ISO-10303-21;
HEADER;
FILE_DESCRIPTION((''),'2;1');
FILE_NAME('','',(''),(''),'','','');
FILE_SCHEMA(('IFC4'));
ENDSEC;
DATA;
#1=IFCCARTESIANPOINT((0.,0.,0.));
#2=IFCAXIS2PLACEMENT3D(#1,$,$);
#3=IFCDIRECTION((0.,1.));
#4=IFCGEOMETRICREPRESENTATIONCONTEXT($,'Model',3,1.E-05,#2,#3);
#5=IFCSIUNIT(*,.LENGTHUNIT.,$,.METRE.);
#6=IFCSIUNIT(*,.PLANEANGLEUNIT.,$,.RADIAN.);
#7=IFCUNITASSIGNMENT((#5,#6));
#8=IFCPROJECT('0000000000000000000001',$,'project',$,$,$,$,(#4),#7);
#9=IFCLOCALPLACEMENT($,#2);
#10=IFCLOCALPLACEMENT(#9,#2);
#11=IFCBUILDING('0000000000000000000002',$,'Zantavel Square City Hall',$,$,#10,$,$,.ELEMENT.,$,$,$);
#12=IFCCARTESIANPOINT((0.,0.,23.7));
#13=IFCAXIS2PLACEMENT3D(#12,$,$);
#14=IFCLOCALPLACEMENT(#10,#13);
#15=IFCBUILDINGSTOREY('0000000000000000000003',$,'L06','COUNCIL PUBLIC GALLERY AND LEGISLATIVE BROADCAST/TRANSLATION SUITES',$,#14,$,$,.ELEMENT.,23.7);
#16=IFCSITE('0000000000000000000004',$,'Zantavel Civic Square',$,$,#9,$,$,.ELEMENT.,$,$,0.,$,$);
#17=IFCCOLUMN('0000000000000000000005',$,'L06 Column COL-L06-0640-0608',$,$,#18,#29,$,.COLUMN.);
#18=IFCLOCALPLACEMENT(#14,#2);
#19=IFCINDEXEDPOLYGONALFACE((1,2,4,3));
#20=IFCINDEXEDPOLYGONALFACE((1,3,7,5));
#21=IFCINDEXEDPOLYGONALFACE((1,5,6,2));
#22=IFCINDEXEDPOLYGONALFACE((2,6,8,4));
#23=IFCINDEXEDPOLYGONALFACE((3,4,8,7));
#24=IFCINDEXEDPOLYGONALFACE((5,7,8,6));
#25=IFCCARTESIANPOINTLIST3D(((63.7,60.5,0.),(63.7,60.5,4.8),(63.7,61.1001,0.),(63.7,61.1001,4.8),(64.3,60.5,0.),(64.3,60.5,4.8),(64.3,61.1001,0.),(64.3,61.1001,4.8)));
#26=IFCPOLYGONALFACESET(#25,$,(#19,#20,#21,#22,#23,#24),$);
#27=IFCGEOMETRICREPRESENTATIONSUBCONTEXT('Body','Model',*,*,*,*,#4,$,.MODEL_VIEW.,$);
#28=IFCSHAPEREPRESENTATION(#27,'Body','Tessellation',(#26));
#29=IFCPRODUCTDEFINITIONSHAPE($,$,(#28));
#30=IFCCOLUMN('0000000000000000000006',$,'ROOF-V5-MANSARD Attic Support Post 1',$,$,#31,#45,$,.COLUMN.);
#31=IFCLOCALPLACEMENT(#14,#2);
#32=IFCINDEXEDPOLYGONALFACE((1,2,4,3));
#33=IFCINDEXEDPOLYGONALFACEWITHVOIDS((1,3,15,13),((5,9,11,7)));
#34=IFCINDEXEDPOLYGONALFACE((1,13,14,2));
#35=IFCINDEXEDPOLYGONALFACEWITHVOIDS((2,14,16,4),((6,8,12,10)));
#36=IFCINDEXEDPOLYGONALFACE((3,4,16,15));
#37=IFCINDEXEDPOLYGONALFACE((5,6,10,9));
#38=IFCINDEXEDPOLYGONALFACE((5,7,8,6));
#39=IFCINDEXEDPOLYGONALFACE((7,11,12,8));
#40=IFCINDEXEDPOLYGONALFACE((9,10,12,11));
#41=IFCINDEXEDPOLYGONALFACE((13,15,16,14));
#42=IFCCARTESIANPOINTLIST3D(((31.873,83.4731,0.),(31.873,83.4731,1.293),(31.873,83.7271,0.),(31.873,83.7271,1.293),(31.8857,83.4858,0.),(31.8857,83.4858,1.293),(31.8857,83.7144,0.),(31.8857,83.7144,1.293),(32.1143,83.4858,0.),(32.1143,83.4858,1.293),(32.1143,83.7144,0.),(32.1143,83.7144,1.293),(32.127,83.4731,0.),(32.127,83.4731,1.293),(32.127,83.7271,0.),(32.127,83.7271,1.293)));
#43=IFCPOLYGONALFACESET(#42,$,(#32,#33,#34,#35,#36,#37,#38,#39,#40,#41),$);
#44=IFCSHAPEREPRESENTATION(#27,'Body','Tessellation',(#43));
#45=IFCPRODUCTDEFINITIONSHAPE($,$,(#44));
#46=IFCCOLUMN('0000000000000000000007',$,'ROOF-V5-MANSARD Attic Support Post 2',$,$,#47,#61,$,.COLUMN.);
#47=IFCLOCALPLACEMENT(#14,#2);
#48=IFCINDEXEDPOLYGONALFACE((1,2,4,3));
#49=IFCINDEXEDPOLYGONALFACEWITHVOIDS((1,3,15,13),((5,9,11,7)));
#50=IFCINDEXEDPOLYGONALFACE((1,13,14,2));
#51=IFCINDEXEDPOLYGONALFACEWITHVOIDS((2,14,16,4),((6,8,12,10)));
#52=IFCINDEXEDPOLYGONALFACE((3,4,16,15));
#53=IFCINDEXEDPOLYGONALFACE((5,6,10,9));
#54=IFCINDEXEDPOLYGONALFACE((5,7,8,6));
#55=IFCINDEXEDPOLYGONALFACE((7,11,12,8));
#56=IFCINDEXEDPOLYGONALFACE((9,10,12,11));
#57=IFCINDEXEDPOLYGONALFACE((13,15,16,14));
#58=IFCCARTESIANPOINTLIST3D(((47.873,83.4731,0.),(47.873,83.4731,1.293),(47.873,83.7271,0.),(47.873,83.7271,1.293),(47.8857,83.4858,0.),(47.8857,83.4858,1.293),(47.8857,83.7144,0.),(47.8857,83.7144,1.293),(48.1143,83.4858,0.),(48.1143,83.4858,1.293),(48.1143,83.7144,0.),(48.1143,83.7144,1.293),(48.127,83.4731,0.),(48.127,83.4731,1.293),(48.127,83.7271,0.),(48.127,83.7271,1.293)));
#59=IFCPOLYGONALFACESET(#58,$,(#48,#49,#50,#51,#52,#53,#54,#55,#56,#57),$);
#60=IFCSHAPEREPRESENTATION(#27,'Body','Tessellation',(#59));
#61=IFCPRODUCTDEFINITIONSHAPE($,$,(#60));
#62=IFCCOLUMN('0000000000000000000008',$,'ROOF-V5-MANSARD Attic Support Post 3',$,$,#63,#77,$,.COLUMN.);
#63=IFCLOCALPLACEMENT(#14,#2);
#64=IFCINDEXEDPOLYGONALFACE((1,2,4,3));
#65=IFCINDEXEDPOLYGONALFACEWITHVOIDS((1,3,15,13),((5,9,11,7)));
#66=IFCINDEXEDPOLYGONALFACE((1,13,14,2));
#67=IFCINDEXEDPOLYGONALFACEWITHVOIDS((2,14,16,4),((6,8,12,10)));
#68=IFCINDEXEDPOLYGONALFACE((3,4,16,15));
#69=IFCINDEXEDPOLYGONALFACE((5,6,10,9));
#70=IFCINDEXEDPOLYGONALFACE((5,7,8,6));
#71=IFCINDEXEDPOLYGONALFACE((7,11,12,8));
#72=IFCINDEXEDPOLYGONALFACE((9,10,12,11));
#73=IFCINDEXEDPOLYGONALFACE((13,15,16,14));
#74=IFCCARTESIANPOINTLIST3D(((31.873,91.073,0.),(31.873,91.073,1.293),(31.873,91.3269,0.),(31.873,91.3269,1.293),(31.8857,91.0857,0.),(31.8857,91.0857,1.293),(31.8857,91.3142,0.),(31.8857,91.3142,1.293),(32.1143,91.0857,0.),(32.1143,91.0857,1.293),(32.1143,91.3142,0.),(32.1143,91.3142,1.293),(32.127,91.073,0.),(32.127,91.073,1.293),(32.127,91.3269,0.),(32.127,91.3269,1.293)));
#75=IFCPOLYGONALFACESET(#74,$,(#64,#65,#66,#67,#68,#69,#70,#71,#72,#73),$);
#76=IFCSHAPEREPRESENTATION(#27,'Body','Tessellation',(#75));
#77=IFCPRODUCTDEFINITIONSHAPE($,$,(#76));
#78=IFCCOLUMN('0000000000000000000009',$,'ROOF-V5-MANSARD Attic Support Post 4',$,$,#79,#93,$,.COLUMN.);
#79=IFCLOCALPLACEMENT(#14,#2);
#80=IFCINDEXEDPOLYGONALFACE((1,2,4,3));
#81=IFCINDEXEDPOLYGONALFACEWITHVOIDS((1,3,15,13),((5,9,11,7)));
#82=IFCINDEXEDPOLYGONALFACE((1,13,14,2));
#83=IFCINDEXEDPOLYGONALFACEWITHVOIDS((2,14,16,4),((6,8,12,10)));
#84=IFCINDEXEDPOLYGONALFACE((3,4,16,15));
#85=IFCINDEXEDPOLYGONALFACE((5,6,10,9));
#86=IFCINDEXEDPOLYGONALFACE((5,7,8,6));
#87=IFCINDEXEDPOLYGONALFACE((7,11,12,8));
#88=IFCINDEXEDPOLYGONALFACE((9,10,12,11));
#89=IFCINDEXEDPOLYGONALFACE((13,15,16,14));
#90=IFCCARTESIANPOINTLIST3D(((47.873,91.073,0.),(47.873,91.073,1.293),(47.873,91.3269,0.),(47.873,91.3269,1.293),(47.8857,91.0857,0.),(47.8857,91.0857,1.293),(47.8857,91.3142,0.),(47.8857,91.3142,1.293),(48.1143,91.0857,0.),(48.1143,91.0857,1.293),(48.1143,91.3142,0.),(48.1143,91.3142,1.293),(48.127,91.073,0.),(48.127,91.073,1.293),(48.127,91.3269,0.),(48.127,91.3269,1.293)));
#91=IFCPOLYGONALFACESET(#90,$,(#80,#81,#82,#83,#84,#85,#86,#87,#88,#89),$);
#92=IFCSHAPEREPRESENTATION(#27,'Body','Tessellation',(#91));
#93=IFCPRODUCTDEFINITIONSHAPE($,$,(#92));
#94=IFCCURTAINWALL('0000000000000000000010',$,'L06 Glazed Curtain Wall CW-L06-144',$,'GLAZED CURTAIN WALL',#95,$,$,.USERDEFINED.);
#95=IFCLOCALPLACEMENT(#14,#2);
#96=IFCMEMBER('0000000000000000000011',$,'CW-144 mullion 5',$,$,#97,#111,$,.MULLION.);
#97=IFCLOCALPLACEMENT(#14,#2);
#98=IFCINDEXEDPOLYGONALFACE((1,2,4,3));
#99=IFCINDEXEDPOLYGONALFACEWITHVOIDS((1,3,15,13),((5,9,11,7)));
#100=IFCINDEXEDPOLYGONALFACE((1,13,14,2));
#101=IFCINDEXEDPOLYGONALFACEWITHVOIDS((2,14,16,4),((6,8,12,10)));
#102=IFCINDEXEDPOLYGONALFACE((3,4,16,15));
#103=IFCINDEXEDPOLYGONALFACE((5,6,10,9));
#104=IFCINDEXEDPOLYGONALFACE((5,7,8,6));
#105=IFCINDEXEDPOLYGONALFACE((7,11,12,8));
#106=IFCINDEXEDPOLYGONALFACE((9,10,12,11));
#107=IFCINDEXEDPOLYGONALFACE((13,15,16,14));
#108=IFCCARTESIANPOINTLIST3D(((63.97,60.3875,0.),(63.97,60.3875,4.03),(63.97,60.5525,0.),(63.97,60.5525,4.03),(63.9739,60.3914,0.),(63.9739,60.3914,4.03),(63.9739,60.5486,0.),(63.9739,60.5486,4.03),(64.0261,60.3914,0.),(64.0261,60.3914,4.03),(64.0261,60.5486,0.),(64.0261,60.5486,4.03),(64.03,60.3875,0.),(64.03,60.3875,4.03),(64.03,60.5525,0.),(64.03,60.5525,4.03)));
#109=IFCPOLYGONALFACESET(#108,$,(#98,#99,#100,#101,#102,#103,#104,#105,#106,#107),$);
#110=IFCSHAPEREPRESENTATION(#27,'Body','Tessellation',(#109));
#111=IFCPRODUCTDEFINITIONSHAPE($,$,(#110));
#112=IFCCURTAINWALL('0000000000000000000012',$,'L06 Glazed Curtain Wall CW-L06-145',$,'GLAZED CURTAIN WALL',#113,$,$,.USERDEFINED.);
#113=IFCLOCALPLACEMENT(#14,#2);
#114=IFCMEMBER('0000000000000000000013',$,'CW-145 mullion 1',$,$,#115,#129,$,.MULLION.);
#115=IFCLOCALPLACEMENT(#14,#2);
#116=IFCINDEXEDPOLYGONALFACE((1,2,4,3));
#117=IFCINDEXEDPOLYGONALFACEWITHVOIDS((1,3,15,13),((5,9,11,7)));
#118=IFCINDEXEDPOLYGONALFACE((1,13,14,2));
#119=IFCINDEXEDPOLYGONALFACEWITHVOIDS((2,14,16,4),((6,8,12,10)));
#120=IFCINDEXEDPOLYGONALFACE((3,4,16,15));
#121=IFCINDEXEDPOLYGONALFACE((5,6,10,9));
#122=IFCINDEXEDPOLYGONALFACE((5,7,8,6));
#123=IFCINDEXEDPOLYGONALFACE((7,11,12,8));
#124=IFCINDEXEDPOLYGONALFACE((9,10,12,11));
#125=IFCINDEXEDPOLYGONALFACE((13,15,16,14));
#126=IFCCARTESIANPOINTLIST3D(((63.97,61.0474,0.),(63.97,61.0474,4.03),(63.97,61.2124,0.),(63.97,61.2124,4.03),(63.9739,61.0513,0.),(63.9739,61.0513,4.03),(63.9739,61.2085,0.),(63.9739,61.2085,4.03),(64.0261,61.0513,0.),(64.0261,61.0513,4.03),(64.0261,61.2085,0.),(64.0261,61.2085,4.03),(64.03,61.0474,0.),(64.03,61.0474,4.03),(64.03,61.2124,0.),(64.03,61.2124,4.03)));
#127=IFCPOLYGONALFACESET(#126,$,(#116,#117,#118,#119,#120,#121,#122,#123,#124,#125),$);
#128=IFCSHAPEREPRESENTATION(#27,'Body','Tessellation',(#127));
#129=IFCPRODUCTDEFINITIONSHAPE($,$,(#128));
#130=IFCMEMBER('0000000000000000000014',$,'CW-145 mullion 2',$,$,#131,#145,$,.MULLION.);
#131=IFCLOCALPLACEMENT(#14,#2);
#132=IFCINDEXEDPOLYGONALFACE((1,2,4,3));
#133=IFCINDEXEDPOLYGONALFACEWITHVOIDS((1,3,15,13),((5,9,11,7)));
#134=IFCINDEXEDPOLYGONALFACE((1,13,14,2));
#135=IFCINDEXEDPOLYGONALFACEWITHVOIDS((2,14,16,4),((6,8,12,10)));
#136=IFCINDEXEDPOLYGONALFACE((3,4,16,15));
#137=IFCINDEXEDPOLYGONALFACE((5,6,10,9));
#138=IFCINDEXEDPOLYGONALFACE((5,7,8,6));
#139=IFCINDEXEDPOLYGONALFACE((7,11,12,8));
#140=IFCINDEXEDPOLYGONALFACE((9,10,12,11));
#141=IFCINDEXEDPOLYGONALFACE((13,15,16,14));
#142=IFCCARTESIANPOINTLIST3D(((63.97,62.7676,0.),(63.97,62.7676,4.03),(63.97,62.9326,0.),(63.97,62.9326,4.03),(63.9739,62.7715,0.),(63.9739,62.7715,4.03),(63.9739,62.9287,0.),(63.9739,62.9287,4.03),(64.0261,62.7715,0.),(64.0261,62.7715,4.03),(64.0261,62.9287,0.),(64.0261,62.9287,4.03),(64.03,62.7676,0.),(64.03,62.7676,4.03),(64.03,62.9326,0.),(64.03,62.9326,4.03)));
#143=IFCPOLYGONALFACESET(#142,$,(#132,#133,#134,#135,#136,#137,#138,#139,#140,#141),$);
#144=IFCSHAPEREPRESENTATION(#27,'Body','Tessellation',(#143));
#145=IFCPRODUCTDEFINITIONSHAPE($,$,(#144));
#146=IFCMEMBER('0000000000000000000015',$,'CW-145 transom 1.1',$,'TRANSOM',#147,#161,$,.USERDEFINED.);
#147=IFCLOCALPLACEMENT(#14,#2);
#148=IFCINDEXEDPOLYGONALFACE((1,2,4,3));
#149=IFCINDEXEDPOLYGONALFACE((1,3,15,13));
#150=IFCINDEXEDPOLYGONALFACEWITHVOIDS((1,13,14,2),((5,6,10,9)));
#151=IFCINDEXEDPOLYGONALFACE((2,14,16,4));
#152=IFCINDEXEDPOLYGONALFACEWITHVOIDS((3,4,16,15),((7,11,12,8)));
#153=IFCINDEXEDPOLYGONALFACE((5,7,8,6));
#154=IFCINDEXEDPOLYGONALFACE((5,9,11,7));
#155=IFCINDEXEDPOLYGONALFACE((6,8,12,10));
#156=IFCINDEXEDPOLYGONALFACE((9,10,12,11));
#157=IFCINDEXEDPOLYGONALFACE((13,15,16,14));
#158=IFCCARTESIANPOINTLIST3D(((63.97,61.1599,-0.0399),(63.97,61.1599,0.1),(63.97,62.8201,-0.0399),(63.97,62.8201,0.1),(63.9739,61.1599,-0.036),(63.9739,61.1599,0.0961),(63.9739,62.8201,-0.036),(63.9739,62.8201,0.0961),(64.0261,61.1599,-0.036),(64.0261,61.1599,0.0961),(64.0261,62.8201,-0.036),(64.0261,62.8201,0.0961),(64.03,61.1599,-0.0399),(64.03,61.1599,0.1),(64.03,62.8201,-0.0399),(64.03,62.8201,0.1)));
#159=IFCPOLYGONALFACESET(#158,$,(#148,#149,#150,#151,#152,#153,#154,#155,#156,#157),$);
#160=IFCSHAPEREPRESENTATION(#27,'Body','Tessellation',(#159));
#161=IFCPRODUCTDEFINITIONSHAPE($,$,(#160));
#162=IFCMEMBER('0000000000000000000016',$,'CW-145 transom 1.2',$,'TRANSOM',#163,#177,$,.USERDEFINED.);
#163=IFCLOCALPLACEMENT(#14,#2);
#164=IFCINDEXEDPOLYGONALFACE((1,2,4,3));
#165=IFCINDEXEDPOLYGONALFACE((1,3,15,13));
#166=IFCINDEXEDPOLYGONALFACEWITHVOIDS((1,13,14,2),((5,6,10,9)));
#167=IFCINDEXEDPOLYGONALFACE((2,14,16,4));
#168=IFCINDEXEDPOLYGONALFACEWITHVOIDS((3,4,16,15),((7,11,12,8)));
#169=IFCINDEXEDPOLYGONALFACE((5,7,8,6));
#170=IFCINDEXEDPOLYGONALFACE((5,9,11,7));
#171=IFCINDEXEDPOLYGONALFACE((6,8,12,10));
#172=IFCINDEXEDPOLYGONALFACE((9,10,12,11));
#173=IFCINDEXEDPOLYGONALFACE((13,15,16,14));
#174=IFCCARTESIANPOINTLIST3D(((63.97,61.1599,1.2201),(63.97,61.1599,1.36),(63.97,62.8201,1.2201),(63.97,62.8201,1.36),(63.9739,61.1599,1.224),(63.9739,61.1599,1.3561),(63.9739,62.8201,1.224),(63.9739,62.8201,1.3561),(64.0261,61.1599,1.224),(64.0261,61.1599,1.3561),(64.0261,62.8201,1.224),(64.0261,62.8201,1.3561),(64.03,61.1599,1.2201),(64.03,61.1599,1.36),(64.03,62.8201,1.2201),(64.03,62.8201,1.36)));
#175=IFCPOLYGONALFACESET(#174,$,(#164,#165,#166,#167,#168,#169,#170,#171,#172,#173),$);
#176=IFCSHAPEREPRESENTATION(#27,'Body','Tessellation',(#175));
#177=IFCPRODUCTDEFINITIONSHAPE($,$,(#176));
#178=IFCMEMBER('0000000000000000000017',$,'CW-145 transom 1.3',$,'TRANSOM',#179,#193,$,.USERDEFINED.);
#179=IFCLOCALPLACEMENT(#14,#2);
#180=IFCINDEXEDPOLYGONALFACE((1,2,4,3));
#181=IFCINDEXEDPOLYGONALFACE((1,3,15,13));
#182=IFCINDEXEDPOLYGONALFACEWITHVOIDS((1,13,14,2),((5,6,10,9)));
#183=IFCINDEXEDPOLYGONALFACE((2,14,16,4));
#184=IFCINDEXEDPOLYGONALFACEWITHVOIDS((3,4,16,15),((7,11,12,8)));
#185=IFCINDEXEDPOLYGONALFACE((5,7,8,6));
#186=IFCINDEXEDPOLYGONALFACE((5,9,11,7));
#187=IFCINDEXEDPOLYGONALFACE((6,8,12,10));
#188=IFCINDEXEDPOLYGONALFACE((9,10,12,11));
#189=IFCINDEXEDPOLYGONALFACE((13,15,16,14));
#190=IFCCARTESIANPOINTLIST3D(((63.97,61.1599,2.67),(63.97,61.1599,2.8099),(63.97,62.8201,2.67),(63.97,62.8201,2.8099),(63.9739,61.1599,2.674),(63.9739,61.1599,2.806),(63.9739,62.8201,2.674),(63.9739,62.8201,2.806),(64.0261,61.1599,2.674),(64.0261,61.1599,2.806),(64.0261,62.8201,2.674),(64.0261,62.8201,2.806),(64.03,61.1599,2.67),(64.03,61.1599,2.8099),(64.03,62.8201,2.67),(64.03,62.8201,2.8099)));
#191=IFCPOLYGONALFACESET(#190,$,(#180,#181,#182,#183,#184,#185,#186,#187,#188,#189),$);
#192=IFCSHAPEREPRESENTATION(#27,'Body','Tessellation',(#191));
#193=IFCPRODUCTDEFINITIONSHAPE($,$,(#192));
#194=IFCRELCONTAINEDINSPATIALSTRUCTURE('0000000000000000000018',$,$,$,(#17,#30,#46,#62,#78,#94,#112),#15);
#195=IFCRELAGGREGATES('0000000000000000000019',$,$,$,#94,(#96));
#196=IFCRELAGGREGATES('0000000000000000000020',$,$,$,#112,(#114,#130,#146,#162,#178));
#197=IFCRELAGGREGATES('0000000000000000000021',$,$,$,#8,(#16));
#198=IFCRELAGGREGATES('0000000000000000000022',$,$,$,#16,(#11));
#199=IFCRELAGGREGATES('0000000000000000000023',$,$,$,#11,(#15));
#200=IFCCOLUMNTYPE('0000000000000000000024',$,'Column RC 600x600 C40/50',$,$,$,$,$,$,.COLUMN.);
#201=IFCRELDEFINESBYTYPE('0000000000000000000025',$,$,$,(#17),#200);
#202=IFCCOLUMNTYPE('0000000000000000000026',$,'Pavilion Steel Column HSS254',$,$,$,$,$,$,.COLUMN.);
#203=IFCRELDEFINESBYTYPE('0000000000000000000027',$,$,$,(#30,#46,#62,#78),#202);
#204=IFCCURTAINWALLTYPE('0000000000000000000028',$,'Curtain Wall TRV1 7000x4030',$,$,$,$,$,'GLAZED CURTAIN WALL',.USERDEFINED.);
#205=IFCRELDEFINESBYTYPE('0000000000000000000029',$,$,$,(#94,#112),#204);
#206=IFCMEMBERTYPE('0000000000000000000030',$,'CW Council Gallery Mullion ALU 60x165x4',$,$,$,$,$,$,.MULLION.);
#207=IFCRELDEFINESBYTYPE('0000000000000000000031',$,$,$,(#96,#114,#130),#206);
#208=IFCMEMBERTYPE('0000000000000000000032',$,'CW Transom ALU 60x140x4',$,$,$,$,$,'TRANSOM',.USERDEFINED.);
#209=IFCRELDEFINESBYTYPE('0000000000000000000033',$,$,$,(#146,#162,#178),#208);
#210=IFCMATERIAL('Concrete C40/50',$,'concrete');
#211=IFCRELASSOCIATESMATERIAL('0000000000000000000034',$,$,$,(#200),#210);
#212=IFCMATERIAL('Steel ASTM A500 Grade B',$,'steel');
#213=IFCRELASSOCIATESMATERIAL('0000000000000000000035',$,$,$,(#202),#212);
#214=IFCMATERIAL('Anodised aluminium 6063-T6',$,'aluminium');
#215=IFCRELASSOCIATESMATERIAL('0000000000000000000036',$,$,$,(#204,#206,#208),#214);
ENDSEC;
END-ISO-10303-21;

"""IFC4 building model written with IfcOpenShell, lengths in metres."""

from ifc_helpers import new_model, si_unit, direction, frame, origin, origin_2d, place, context, subcontext, project, spatial, rectangle, hollow_rectangle, extrude, material, material_profile, profile_set, type_object, element, aggregate, save


model = new_model("IFC4")

# Units and contexts
model_context = context("Model", 3, precision=1e-05, world=origin(), true_north=direction((0.0, 1.0)))
body_context = subcontext(model_context, "Body", "Model", "MODEL_VIEW")
ifc_project = project(units=[si_unit("LENGTHUNIT", "METRE"), si_unit("PLANEANGLEUNIT", "RADIAN")], contexts=[model_context])

# Site, building, storey
site_placement = place(None, origin())
site = spatial("IfcSite", under=ifc_project, at=site_placement, Name="Zantavel Civic Square", CompositionType="ELEMENT", RefElevation=0.0)
building_placement = place(site_placement, origin())
building = spatial("IfcBuilding", under=site, at=building_placement, Name="Zantavel Square City Hall", CompositionType="ELEMENT")
storey_placement = place(building_placement, frame((0.0, 0.0, 23.7)))
storey = spatial("IfcBuildingStorey", under=building, at=storey_placement, Name="L06", Description="COUNCIL PUBLIC GALLERY AND LEGISLATIVE BROADCAST/TRANSLATION SUITES", CompositionType="ELEMENT", Elevation=23.7)

# Columns
ifc_material_1 = material(Name="Concrete C40/50", Category="concrete")
ifc_material_profile_1 = material_profile(ifc_material_1, rectangle(XDim=0.6001, YDim=0.6001, at=origin_2d()), Name="RC 600x600")
ifc_profile_set_1 = profile_set([ifc_material_profile_1], Name="Concrete C40/50")
column_type_1 = type_object("IfcColumnType", Name="Column RC 600x600 C40/50", PredefinedType="COLUMN", material=ifc_profile_set_1)
column_placement = place(storey_placement, frame((64.0, 60.8, 0.0), z_axis=(0.0, 0.0, 1.0), x_axis=(1.0, 0.0, 0.0)))
element("IfcColumn", 1, at=column_placement, inside=storey, type_object=column_type_1, Name="L06 Column COL-L06-0640-0608", PredefinedType="COLUMN", context=body_context, shape_type="SweptSolid", body=[
    extrude(rectangle(XDim=0.6001, YDim=0.6001, at=origin_2d()), origin(), (0.0, 0.0, 1.0), 4.8),
])
ifc_material_2 = material(Name="Steel ASTM A500 Grade B", Category="steel")
ifc_material_profile_2 = material_profile(ifc_material_2, hollow_rectangle(XDim=0.2539, YDim=0.2539, WallThickness=0.0127, at=origin_2d()), Name="HSS 254x254x12.7")
ifc_profile_set_2 = profile_set([ifc_material_profile_2], Name="Steel ASTM A500 Grade B")
column_type_2 = type_object("IfcColumnType", Name="Pavilion Steel Column HSS254", PredefinedType="COLUMN", material=ifc_profile_set_2)
for number, where, z_axis, x_axis, name in (
    (2, (32.0, 83.6001, 0.0), (0.0, 0.0, 1.0), (1.0, 0.0, 0.0), "ROOF-V5-MANSARD Attic Support Post 1"),
    (3, (48.0, 83.6001, 0.0), (0.0, 0.0, 1.0), (1.0, 0.0, 0.0), "ROOF-V5-MANSARD Attic Support Post 2"),
    (4, (32.0, 91.2, 0.0), (0.0, 0.0, 1.0), (1.0, 0.0, 0.0), "ROOF-V5-MANSARD Attic Support Post 3"),
    (5, (48.0, 91.2, 0.0), (0.0, 0.0, 1.0), (1.0, 0.0, 0.0), "ROOF-V5-MANSARD Attic Support Post 4"),
):
    element("IfcColumn", number, at=place(storey_placement, frame(where, z_axis=z_axis, x_axis=x_axis)), inside=storey, type_object=column_type_2, Name=name, PredefinedType="COLUMN", context=body_context, shape_type="SweptSolid", body=[
        extrude(hollow_rectangle(XDim=0.2539, YDim=0.2539, WallThickness=0.0127, at=origin_2d()), origin(), (0.0, 0.0, 1.0), 1.293),
    ])

# Curtain wall, member
ifc_material_3 = material(Name="Anodised aluminium 6063-T6", Category="aluminium")
curtain_wall_type = type_object("IfcCurtainWallType", Name="Curtain Wall TRV1 7000x4030", ElementType="GLAZED CURTAIN WALL", PredefinedType="USERDEFINED", material=ifc_material_3)
curtain_wall_1_placement = place(storey_placement, origin())
curtain_wall_1 = element("IfcCurtainWall", 6, at=curtain_wall_1_placement, inside=storey, type_object=curtain_wall_type, Name="L06 Glazed Curtain Wall CW-L06-144", ObjectType="GLAZED CURTAIN WALL", PredefinedType="USERDEFINED")
ifc_material_profile_3 = material_profile(ifc_material_3, hollow_rectangle(XDim=0.0601, YDim=0.165, WallThickness=0.0039, at=origin_2d()), Name="ALU 60x165x4")
ifc_profile_set_3 = profile_set([ifc_material_profile_3], Name="Anodised aluminium 6063-T6")
member_type_1 = type_object("IfcMemberType", Name="CW Council Gallery Mullion ALU 60x165x4", PredefinedType="MULLION", material=ifc_profile_set_3)
member_1_placement = place(storey_placement, frame((64.0, 60.47, 0.0), z_axis=(0.0, 0.0, 1.0), x_axis=(-1.0, 0.0, 0.0)))
member_1 = element("IfcMember", 7, at=member_1_placement, type_object=member_type_1, Name="CW-144 mullion 5", PredefinedType="MULLION", context=body_context, shape_type="SweptSolid", body=[
    extrude(hollow_rectangle(XDim=0.0601, YDim=0.165, WallThickness=0.0039, at=origin_2d()), origin(), (0.0, 0.0, 1.0), 4.03),
])
aggregate(curtain_wall_1, [member_1])

# Curtain wall, members
curtain_wall_2_placement = place(storey_placement, origin())
curtain_wall_2 = element("IfcCurtainWall", 8, at=curtain_wall_2_placement, inside=storey, type_object=curtain_wall_type, Name="L06 Glazed Curtain Wall CW-L06-145", ObjectType="GLAZED CURTAIN WALL", PredefinedType="USERDEFINED")
member_2_placement = place(storey_placement, frame((64.0, 61.1299, 0.0), z_axis=(0.0, 0.0, 1.0), x_axis=(-1.0, 0.0, 0.0)))
member_2 = element("IfcMember", 9, at=member_2_placement, type_object=member_type_1, Name="CW-145 mullion 1", PredefinedType="MULLION", context=body_context, shape_type="SweptSolid", body=[
    extrude(hollow_rectangle(XDim=0.0601, YDim=0.165, WallThickness=0.0039, at=origin_2d()), origin(), (0.0, 0.0, 1.0), 4.03),
])
member_3_placement = place(storey_placement, frame((64.0, 62.8501, 0.0), z_axis=(0.0, 0.0, 1.0), x_axis=(-1.0, 0.0, 0.0)))
member_3 = element("IfcMember", 10, at=member_3_placement, type_object=member_type_1, Name="CW-145 mullion 2", PredefinedType="MULLION", context=body_context, shape_type="SweptSolid", body=[
    extrude(hollow_rectangle(XDim=0.0601, YDim=0.165, WallThickness=0.0039, at=origin_2d()), origin(), (0.0, 0.0, 1.0), 4.03),
])
ifc_material_profile_4 = material_profile(ifc_material_3, hollow_rectangle(XDim=0.0601, YDim=0.1399, WallThickness=0.0039, at=origin_2d()), Name="ALU 60x140x4")
ifc_profile_set_4 = profile_set([ifc_material_profile_4], Name="Anodised aluminium 6063-T6")
member_type_2 = type_object("IfcMemberType", Name="CW Transom ALU 60x140x4", ElementType="TRANSOM", PredefinedType="USERDEFINED", material=ifc_profile_set_4)
member_4_placement = place(storey_placement, frame((64.0, 61.1599, 0.03), z_axis=(0.0, 1.0, 0.0), x_axis=(-1.0, 0.0, 0.0)))
member_4 = element("IfcMember", 11, at=member_4_placement, type_object=member_type_2, Name="CW-145 transom 1.1", ObjectType="TRANSOM", PredefinedType="USERDEFINED", context=body_context, shape_type="SweptSolid", body=[
    extrude(hollow_rectangle(XDim=0.0601, YDim=0.1399, WallThickness=0.0039, at=origin_2d()), origin(), (0.0, 0.0, 1.0), 1.6602),
])
member_5_placement = place(storey_placement, frame((64.0, 61.1599, 1.29), z_axis=(0.0, 1.0, 0.0), x_axis=(-1.0, 0.0, 0.0)))
member_5 = element("IfcMember", 12, at=member_5_placement, type_object=member_type_2, Name="CW-145 transom 1.2", ObjectType="TRANSOM", PredefinedType="USERDEFINED", context=body_context, shape_type="SweptSolid", body=[
    extrude(hollow_rectangle(XDim=0.0601, YDim=0.1399, WallThickness=0.0039, at=origin_2d()), origin(), (0.0, 0.0, 1.0), 1.6602),
])
member_6_placement = place(storey_placement, frame((64.0, 61.1599, 2.74), z_axis=(0.0, 1.0, 0.0), x_axis=(-1.0, 0.0, 0.0)))
member_6 = element("IfcMember", 13, at=member_6_placement, type_object=member_type_2, Name="CW-145 transom 1.3", ObjectType="TRANSOM", PredefinedType="USERDEFINED", context=body_context, shape_type="SweptSolid", body=[
    extrude(hollow_rectangle(XDim=0.0601, YDim=0.1399, WallThickness=0.0039, at=origin_2d()), origin(), (0.0, 0.0, 1.0), 1.6602),
])

aggregate(curtain_wall_2, [member_2, member_3, member_4, member_5, member_6])

save(model, "model.ifc")
